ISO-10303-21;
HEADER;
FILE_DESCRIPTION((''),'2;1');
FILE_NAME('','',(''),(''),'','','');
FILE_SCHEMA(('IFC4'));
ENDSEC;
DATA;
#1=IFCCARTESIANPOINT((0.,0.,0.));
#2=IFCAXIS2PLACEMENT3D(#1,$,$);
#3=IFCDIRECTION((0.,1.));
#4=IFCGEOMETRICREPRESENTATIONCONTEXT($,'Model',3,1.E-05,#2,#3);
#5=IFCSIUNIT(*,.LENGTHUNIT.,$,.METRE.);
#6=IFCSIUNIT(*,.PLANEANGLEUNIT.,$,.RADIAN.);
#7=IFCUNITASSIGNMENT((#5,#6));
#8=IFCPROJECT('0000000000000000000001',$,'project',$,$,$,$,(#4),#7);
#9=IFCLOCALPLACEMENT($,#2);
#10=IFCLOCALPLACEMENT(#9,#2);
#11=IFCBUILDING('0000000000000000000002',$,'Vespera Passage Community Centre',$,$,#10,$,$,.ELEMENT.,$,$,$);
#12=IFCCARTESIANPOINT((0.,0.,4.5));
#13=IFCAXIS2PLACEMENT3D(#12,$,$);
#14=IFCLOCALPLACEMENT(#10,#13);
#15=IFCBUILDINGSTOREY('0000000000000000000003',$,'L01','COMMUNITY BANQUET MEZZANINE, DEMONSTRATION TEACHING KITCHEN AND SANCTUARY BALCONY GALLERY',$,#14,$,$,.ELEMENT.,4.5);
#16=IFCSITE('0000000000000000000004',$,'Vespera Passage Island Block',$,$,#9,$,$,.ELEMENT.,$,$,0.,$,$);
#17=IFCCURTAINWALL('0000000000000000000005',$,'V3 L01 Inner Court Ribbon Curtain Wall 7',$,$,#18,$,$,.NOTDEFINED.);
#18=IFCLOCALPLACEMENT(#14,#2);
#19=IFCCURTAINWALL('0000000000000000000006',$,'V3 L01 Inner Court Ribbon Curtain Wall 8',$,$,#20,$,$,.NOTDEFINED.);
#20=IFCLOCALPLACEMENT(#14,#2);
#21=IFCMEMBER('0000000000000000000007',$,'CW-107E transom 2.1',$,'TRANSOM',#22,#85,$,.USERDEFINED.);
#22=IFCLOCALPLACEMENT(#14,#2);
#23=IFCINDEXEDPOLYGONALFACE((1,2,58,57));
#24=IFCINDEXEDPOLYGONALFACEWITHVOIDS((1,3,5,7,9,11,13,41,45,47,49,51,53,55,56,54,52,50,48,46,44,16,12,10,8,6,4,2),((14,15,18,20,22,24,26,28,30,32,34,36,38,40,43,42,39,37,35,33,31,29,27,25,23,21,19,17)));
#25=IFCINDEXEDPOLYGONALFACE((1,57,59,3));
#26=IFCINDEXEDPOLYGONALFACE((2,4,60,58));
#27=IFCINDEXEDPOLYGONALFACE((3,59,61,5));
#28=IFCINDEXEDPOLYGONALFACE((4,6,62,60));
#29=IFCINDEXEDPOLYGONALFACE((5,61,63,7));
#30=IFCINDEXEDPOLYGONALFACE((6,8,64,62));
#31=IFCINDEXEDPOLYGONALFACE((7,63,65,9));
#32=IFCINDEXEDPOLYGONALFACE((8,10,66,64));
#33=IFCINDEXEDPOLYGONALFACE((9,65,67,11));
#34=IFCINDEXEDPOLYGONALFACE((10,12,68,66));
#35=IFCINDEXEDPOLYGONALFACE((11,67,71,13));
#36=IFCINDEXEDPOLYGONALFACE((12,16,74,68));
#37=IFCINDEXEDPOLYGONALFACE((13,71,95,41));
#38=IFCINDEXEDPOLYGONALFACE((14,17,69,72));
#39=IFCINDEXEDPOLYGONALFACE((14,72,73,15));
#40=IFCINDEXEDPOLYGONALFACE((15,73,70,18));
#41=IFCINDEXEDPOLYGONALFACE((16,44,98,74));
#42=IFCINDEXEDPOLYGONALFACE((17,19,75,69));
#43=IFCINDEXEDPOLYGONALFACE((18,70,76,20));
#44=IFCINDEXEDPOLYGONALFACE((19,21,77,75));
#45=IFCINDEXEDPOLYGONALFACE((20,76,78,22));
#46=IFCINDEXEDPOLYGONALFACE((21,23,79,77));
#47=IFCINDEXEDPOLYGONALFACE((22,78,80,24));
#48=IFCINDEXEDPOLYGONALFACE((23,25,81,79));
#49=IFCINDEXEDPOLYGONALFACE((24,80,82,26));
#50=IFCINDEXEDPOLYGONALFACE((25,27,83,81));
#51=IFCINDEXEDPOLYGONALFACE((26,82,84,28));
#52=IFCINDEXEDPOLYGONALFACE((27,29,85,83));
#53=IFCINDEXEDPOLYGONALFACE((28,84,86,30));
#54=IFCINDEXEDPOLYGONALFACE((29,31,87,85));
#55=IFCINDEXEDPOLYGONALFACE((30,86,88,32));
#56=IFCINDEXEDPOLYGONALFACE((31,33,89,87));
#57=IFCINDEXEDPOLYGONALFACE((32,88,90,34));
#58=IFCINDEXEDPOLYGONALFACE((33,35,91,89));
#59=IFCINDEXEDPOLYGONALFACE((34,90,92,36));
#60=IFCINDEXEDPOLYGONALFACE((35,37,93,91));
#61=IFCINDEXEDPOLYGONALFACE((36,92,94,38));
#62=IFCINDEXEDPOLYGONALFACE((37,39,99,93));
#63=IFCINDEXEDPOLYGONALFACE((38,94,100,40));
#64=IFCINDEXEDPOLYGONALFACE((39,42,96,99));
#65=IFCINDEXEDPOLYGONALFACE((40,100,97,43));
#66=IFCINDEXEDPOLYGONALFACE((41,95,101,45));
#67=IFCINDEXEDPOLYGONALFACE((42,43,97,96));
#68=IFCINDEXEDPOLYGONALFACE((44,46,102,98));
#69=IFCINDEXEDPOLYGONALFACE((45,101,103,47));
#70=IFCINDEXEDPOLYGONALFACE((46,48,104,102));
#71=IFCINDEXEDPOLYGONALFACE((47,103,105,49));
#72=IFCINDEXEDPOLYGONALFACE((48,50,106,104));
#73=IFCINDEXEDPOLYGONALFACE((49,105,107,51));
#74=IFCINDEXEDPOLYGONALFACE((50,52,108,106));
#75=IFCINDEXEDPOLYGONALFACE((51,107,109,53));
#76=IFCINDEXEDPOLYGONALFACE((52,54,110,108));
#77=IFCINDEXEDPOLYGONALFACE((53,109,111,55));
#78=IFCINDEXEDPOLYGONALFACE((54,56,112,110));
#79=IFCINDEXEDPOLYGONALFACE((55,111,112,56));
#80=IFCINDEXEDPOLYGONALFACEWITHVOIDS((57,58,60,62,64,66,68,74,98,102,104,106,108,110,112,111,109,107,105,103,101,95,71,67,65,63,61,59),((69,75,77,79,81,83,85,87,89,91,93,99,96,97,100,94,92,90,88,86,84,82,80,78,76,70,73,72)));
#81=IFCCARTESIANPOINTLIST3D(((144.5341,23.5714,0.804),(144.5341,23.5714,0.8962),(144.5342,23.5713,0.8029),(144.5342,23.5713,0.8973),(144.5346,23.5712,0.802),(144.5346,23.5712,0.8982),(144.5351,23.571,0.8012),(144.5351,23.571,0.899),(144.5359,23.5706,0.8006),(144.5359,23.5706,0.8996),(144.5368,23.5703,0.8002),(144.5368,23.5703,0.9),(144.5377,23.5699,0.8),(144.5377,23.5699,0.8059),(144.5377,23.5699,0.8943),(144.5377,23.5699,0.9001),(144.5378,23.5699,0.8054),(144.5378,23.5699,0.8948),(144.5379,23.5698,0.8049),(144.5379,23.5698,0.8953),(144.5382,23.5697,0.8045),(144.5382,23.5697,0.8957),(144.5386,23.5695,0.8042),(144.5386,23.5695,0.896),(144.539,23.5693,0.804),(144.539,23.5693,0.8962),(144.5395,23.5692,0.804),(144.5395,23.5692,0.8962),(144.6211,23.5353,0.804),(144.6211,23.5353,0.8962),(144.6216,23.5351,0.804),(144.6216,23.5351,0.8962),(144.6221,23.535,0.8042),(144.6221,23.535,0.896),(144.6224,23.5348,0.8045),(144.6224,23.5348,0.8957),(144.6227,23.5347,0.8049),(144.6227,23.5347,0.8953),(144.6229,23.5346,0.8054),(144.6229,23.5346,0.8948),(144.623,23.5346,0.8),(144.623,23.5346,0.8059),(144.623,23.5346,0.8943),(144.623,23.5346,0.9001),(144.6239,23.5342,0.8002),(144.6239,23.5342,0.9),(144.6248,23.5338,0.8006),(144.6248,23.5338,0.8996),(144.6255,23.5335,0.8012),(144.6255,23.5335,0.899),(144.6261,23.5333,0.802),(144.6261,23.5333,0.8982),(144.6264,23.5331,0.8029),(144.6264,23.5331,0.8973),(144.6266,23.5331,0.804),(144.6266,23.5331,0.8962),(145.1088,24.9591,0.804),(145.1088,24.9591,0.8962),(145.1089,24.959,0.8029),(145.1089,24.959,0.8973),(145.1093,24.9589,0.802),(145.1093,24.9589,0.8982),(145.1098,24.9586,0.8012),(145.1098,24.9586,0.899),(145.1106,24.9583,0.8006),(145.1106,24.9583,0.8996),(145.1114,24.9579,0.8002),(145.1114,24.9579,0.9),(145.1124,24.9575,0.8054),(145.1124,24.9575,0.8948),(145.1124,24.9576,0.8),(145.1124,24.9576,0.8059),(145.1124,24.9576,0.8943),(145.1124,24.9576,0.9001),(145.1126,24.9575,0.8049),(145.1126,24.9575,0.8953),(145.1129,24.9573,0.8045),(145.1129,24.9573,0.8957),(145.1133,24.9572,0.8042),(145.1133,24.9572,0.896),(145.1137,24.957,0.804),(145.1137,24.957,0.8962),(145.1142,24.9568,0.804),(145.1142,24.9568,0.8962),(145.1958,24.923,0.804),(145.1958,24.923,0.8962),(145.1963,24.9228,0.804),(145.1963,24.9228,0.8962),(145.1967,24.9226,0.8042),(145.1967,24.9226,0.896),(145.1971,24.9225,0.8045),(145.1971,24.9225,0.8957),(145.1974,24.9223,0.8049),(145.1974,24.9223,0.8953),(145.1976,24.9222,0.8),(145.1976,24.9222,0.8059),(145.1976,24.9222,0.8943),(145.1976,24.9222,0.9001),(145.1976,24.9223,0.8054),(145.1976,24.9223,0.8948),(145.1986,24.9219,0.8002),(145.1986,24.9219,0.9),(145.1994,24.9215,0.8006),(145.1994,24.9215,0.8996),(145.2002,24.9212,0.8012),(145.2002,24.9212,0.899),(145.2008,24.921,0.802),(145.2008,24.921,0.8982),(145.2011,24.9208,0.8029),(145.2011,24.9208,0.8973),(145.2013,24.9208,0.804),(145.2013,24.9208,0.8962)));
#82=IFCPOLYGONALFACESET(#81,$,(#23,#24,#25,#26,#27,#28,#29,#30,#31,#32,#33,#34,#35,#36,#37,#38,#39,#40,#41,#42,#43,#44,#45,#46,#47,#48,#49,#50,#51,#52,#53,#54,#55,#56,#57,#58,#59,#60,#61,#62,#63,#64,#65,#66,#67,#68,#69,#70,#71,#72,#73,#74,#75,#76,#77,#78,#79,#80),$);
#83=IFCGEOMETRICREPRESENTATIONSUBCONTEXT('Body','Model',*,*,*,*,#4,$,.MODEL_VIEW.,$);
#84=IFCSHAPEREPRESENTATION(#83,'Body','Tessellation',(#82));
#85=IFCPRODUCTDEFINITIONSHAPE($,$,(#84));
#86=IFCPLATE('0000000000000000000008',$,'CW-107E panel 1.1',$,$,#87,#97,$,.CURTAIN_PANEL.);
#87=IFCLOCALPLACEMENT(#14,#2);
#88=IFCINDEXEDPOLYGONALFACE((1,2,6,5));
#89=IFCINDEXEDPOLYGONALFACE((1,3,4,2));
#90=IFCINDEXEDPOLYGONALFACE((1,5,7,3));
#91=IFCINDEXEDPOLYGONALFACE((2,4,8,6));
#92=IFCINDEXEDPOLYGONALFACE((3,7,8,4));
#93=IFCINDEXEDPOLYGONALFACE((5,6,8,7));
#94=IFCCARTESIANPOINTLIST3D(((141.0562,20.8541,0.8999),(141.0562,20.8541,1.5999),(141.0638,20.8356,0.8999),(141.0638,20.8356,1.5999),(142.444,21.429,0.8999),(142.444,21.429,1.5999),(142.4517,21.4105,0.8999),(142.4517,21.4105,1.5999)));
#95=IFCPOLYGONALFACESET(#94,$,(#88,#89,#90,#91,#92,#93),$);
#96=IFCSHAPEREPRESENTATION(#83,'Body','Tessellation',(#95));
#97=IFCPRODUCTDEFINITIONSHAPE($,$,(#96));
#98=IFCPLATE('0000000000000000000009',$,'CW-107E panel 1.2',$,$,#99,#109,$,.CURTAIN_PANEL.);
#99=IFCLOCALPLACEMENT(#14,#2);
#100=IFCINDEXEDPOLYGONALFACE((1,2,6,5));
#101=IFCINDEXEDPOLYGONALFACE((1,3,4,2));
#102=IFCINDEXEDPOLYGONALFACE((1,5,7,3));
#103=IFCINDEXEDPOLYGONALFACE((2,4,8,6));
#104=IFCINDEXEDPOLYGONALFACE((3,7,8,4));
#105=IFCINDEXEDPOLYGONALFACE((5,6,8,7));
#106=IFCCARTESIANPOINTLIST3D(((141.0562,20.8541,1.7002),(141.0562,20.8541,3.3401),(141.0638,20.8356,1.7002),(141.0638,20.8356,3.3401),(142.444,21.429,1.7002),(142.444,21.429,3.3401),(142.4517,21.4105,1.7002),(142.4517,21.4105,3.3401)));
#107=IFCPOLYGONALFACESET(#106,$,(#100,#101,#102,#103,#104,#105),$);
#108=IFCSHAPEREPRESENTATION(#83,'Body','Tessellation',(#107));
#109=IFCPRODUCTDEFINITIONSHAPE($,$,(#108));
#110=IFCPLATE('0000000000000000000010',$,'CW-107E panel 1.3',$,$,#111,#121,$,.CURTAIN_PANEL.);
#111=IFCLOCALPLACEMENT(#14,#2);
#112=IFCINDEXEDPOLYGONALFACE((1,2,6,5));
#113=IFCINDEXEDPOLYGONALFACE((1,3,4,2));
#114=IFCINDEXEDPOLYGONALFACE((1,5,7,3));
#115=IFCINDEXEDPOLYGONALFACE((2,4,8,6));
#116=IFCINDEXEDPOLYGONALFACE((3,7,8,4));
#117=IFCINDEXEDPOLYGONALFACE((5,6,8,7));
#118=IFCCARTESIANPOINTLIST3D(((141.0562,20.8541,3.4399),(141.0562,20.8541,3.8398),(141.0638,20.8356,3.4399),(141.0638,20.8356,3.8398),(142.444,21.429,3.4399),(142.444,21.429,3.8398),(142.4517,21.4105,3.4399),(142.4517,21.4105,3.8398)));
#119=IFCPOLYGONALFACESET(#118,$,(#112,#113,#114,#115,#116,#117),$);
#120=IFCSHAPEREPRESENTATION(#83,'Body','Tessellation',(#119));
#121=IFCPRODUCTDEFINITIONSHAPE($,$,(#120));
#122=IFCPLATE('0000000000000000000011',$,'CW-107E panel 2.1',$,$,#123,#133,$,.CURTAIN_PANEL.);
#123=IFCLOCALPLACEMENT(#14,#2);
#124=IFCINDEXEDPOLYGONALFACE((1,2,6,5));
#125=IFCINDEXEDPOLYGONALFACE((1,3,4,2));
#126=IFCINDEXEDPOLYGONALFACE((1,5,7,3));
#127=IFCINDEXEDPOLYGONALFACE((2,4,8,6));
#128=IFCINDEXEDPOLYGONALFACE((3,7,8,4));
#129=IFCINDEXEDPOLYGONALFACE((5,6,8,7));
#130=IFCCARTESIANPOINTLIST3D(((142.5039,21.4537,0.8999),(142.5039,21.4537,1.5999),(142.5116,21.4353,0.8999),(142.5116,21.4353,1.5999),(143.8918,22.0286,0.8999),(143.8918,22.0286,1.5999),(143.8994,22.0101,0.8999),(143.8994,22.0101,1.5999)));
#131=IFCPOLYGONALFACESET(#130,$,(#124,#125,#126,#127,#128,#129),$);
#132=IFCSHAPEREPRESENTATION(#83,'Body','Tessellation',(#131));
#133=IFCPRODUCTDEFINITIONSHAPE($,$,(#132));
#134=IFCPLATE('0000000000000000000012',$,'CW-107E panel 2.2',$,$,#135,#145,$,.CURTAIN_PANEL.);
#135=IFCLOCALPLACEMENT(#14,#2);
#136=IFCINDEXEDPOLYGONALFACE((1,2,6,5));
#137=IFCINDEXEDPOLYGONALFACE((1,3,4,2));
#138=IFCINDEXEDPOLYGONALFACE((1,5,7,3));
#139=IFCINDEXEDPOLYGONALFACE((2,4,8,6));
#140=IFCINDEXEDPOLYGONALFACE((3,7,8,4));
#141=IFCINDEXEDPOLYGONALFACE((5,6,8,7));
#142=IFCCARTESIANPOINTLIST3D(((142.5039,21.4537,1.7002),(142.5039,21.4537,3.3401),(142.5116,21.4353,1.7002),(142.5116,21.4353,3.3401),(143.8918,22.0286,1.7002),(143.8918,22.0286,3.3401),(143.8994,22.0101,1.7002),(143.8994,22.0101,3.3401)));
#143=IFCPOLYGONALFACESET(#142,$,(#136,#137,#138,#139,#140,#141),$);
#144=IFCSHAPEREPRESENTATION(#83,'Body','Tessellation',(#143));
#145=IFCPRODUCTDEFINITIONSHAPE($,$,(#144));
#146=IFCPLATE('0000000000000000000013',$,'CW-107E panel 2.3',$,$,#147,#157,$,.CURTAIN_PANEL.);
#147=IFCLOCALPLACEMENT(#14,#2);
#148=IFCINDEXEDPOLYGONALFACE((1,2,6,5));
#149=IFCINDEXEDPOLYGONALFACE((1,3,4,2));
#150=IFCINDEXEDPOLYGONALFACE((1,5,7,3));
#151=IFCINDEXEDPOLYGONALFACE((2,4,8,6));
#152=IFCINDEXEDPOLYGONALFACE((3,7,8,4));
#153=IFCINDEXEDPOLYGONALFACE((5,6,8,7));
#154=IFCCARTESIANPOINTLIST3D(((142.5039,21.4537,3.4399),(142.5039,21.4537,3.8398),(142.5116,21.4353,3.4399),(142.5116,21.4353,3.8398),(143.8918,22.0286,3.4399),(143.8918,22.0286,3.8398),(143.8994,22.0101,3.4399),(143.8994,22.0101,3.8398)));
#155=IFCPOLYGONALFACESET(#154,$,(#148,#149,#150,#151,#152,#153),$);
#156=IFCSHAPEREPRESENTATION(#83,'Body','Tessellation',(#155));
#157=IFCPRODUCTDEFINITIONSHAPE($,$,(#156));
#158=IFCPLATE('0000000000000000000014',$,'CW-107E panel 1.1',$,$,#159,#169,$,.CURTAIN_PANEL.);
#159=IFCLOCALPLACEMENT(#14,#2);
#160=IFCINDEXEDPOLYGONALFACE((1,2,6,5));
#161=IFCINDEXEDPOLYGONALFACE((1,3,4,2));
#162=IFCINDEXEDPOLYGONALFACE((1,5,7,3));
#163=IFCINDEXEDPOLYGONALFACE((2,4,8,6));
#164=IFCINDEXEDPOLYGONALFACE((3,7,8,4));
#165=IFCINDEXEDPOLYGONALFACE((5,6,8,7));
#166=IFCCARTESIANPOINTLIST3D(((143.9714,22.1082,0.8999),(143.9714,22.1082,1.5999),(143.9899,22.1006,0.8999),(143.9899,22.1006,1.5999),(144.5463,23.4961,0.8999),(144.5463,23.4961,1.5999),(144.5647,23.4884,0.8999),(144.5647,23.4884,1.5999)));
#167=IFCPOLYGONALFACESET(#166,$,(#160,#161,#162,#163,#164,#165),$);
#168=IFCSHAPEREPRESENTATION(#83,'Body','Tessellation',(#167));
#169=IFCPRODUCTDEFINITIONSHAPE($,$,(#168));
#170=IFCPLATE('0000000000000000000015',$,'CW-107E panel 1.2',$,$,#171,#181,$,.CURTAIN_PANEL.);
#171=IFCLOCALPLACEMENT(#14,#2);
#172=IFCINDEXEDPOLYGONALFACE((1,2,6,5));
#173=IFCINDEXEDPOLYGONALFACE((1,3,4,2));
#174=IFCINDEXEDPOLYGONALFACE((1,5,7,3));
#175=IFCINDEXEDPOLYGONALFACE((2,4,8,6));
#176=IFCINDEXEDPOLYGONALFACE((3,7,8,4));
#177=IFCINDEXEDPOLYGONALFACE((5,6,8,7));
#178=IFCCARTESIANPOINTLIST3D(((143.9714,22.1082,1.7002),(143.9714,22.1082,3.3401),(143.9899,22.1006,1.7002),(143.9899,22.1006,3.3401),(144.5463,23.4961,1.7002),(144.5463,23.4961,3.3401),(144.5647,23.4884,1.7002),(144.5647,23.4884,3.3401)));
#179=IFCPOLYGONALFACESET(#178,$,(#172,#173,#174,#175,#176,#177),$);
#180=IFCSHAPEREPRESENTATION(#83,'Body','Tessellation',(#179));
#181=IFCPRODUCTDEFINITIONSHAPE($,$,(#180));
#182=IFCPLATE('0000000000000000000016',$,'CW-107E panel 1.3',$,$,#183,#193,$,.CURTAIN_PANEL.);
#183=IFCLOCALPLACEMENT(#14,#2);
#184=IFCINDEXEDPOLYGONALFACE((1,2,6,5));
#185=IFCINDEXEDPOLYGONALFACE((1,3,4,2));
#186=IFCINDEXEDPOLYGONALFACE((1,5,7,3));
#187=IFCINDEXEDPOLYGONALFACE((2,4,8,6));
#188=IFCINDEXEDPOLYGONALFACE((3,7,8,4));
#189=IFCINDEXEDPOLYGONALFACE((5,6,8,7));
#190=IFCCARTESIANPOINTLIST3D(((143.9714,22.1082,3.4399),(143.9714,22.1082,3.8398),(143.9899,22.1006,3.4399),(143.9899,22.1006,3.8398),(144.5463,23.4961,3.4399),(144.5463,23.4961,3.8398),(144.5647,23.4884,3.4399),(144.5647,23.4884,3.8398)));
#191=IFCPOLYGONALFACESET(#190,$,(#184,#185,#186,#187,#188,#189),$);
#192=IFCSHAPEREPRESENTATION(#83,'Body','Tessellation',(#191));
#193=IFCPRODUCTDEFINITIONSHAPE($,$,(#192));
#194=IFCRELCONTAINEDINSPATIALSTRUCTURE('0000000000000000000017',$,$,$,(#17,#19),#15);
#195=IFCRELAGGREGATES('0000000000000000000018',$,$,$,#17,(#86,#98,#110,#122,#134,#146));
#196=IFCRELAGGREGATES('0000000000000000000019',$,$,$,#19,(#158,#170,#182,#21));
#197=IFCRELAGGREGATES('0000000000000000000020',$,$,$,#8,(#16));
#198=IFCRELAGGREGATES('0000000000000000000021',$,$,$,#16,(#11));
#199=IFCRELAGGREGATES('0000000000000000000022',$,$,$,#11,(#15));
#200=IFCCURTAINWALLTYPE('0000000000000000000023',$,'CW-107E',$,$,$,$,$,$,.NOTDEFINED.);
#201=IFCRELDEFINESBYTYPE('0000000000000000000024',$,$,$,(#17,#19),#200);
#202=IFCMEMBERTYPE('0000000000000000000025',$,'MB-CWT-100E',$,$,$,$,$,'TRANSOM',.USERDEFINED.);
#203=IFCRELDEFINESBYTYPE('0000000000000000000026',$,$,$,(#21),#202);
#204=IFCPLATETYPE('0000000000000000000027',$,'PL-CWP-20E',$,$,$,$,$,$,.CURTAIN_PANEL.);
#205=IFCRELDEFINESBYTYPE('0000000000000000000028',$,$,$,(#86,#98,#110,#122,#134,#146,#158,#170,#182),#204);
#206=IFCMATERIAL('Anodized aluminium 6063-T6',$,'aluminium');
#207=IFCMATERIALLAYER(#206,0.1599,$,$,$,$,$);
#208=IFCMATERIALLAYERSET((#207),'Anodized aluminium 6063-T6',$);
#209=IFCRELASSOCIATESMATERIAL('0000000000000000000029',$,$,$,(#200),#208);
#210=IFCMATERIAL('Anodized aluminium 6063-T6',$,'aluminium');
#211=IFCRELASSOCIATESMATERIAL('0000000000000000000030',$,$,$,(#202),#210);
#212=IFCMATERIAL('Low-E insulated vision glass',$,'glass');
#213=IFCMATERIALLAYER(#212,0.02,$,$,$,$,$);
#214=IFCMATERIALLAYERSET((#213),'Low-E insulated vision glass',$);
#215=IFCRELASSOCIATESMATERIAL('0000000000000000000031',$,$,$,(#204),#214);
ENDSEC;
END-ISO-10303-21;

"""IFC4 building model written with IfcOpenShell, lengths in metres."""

from ifc_helpers import new_model, si_unit, direction, frame, origin, origin_2d, place, context, subcontext, project, spatial, rectangle, hollow_rectangle, extrude, material, layer, layer_set, material_profile, profile_set, type_object, element, aggregate, save


model = new_model("IFC4")

# Units and contexts
model_context = context("Model", 3, precision=1e-05, world=origin(), true_north=direction((0.0, 1.0)))
body_context = subcontext(model_context, "Body", "Model", "MODEL_VIEW")
ifc_project = project(units=[si_unit("LENGTHUNIT", "METRE"), si_unit("PLANEANGLEUNIT", "RADIAN")], contexts=[model_context])

# Site, building, storey
site_placement = place(None, origin())
site = spatial("IfcSite", under=ifc_project, at=site_placement, Name="Vespera Passage Island Block", CompositionType="ELEMENT", RefElevation=0.0)
building_placement = place(site_placement, origin())
building = spatial("IfcBuilding", under=site, at=building_placement, Name="Vespera Passage Community Centre", CompositionType="ELEMENT")
storey_placement = place(building_placement, frame((0.0, 0.0, 4.5)))
storey = spatial("IfcBuildingStorey", under=building, at=storey_placement, Name="L01", Description="COMMUNITY BANQUET MEZZANINE, DEMONSTRATION TEACHING KITCHEN AND SANCTUARY BALCONY GALLERY", CompositionType="ELEMENT", Elevation=4.5)

# Shared definitions
ifc_material_1 = material(Name="Anodized aluminium 6063-T6", Category="aluminium")
ifc_layer_1 = layer(ifc_material_1, 0.1599)
ifc_layer_set_1 = layer_set([ifc_layer_1], Name="Anodized aluminium 6063-T6")
curtain_wall_type = type_object("IfcCurtainWallType", Name="CW-107E", PredefinedType="NOTDEFINED", material=ifc_layer_set_1)

# Curtain walls
curtain_wall_1_placement = place(storey_placement, origin())
curtain_wall_1 = element("IfcCurtainWall", 1, at=curtain_wall_1_placement, inside=storey, type_object=curtain_wall_type, Name="V3 L01 Inner Court Ribbon Curtain Wall 7", PredefinedType="NOTDEFINED")
curtain_wall_2_placement = place(storey_placement, origin())
curtain_wall_2 = element("IfcCurtainWall", 2, at=curtain_wall_2_placement, inside=storey, type_object=curtain_wall_type, Name="V3 L01 Inner Court Ribbon Curtain Wall 8", PredefinedType="NOTDEFINED")

# Member
ifc_material_2 = material(Name="Anodized aluminium 6063-T6", Category="aluminium")
ifc_material_profile_1 = material_profile(ifc_material_2, hollow_rectangle(XDim=0.1001, YDim=0.1001, WallThickness=0.0039, InnerFilletRadius=0.002, OuterFilletRadius=0.0039, at=origin_2d()), Name="ALU100X100X4")
ifc_profile_set_1 = profile_set([ifc_material_profile_1], Name="Anodized aluminium 6063-T6")
member_type_1 = type_object("IfcMemberType", Name="MB-CWT-100E", ElementType="TRANSOM", PredefinedType="USERDEFINED", material=ifc_profile_set_1)
member_1_placement = place(storey_placement, frame((144.5803, 23.5522, 0.8501), z_axis=(0.382629, 0.923902, 0.0), x_axis=(-0.923902, 0.382629, 0.0)))
member_1 = element("IfcMember", 3, at=member_1_placement, type_object=member_type_1, Name="CW-107E transom 2.1", ObjectType="TRANSOM", PredefinedType="USERDEFINED", context=body_context, shape_type="SweptSolid", body=[
    extrude(hollow_rectangle(XDim=0.1001, YDim=0.1001, WallThickness=0.0039, InnerFilletRadius=0.002, OuterFilletRadius=0.0039, at=origin_2d()), origin(), (0.0, 0.0, 1.0), 1.502),
])

# Plates
ifc_material_3 = material(Name="Low-E insulated vision glass", Category="glass")
ifc_layer_2 = layer(ifc_material_3, 0.02)
ifc_layer_set_2 = layer_set([ifc_layer_2], Name="Low-E insulated vision glass")
plate_type = type_object("IfcPlateType", Name="PL-CWP-20E", PredefinedType="CURTAIN_PANEL", material=ifc_layer_set_2)
plate_1_placement = place(storey_placement, frame((141.7539, 21.1323, 0.8999), z_axis=(0.0, 0.0, 1.0), x_axis=(0.923879, 0.382686, 0.0)))
plate_1 = element("IfcPlate", 4, at=plate_1_placement, type_object=plate_type, Name="CW-107E panel 1.1", PredefinedType="CURTAIN_PANEL", context=body_context, shape_type="SweptSolid", body=[
    extrude(rectangle(XDim=1.5022, YDim=0.02, at=origin_2d()), origin(), (0.0, 0.0, 1.0), 0.7),
])
plate_2_placement = place(storey_placement, frame((141.7539, 21.1323, 1.7002), z_axis=(0.0, 0.0, 1.0), x_axis=(0.923879, 0.382686, 0.0)))
plate_2 = element("IfcPlate", 5, at=plate_2_placement, type_object=plate_type, Name="CW-107E panel 1.2", PredefinedType="CURTAIN_PANEL", context=body_context, shape_type="SweptSolid", body=[
    extrude(rectangle(XDim=1.5022, YDim=0.02, at=origin_2d()), origin(), (0.0, 0.0, 1.0), 1.6399),
])
plate_3_placement = place(storey_placement, frame((141.7539, 21.1323, 3.4399), z_axis=(0.0, 0.0, 1.0), x_axis=(0.923879, 0.382686, 0.0)))
plate_3 = element("IfcPlate", 6, at=plate_3_placement, type_object=plate_type, Name="CW-107E panel 1.3", PredefinedType="CURTAIN_PANEL", context=body_context, shape_type="SweptSolid", body=[
    extrude(rectangle(XDim=1.5022, YDim=0.02, at=origin_2d()), origin(), (0.0, 0.0, 1.0), 0.3999),
])
plate_4_placement = place(storey_placement, frame((143.2017, 21.7319, 0.8999), z_axis=(0.0, 0.0, 1.0), x_axis=(0.923879, 0.382686, 0.0)))
plate_4 = element("IfcPlate", 7, at=plate_4_placement, type_object=plate_type, Name="CW-107E panel 2.1", PredefinedType="CURTAIN_PANEL", context=body_context, shape_type="SweptSolid", body=[
    extrude(rectangle(XDim=1.5022, YDim=0.02, at=origin_2d()), origin(), (0.0, 0.0, 1.0), 0.7),
])
plate_5_placement = place(storey_placement, frame((143.2017, 21.7319, 1.7002), z_axis=(0.0, 0.0, 1.0), x_axis=(0.923879, 0.382686, 0.0)))
plate_5 = element("IfcPlate", 8, at=plate_5_placement, type_object=plate_type, Name="CW-107E panel 2.2", PredefinedType="CURTAIN_PANEL", context=body_context, shape_type="SweptSolid", body=[
    extrude(rectangle(XDim=1.5022, YDim=0.02, at=origin_2d()), origin(), (0.0, 0.0, 1.0), 1.6399),
])
plate_6_placement = place(storey_placement, frame((143.2017, 21.7319, 3.4399), z_axis=(0.0, 0.0, 1.0), x_axis=(0.923879, 0.382686, 0.0)))
plate_6 = element("IfcPlate", 9, at=plate_6_placement, type_object=plate_type, Name="CW-107E panel 2.3", PredefinedType="CURTAIN_PANEL", context=body_context, shape_type="SweptSolid", body=[
    extrude(rectangle(XDim=1.5022, YDim=0.02, at=origin_2d()), origin(), (0.0, 0.0, 1.0), 0.3999),
])
aggregate(curtain_wall_1, [plate_1, plate_2, plate_3, plate_4, plate_5, plate_6])
plate_7_placement = place(storey_placement, frame((144.2681, 22.7983, 0.8999), z_axis=(0.0, 0.0, 1.0), x_axis=(0.382686, 0.923879, 0.0)))
plate_7 = element("IfcPlate", 10, at=plate_7_placement, type_object=plate_type, Name="CW-107E panel 1.1", PredefinedType="CURTAIN_PANEL", context=body_context, shape_type="SweptSolid", body=[
    extrude(rectangle(XDim=1.5022, YDim=0.02, at=origin_2d()), origin(), (0.0, 0.0, 1.0), 0.7),
])
plate_8_placement = place(storey_placement, frame((144.2681, 22.7983, 1.7002), z_axis=(0.0, 0.0, 1.0), x_axis=(0.382686, 0.923879, 0.0)))
plate_8 = element("IfcPlate", 11, at=plate_8_placement, type_object=plate_type, Name="CW-107E panel 1.2", PredefinedType="CURTAIN_PANEL", context=body_context, shape_type="SweptSolid", body=[
    extrude(rectangle(XDim=1.5022, YDim=0.02, at=origin_2d()), origin(), (0.0, 0.0, 1.0), 1.6399),
])
plate_9_placement = place(storey_placement, frame((144.2681, 22.7983, 3.4399), z_axis=(0.0, 0.0, 1.0), x_axis=(0.382686, 0.923879, 0.0)))
plate_9 = element("IfcPlate", 12, at=plate_9_placement, type_object=plate_type, Name="CW-107E panel 1.3", PredefinedType="CURTAIN_PANEL", context=body_context, shape_type="SweptSolid", body=[
    extrude(rectangle(XDim=1.5022, YDim=0.02, at=origin_2d()), origin(), (0.0, 0.0, 1.0), 0.3999),
])
aggregate(curtain_wall_2, [plate_7, plate_8, plate_9, member_1])

save(model, "model.ifc")
